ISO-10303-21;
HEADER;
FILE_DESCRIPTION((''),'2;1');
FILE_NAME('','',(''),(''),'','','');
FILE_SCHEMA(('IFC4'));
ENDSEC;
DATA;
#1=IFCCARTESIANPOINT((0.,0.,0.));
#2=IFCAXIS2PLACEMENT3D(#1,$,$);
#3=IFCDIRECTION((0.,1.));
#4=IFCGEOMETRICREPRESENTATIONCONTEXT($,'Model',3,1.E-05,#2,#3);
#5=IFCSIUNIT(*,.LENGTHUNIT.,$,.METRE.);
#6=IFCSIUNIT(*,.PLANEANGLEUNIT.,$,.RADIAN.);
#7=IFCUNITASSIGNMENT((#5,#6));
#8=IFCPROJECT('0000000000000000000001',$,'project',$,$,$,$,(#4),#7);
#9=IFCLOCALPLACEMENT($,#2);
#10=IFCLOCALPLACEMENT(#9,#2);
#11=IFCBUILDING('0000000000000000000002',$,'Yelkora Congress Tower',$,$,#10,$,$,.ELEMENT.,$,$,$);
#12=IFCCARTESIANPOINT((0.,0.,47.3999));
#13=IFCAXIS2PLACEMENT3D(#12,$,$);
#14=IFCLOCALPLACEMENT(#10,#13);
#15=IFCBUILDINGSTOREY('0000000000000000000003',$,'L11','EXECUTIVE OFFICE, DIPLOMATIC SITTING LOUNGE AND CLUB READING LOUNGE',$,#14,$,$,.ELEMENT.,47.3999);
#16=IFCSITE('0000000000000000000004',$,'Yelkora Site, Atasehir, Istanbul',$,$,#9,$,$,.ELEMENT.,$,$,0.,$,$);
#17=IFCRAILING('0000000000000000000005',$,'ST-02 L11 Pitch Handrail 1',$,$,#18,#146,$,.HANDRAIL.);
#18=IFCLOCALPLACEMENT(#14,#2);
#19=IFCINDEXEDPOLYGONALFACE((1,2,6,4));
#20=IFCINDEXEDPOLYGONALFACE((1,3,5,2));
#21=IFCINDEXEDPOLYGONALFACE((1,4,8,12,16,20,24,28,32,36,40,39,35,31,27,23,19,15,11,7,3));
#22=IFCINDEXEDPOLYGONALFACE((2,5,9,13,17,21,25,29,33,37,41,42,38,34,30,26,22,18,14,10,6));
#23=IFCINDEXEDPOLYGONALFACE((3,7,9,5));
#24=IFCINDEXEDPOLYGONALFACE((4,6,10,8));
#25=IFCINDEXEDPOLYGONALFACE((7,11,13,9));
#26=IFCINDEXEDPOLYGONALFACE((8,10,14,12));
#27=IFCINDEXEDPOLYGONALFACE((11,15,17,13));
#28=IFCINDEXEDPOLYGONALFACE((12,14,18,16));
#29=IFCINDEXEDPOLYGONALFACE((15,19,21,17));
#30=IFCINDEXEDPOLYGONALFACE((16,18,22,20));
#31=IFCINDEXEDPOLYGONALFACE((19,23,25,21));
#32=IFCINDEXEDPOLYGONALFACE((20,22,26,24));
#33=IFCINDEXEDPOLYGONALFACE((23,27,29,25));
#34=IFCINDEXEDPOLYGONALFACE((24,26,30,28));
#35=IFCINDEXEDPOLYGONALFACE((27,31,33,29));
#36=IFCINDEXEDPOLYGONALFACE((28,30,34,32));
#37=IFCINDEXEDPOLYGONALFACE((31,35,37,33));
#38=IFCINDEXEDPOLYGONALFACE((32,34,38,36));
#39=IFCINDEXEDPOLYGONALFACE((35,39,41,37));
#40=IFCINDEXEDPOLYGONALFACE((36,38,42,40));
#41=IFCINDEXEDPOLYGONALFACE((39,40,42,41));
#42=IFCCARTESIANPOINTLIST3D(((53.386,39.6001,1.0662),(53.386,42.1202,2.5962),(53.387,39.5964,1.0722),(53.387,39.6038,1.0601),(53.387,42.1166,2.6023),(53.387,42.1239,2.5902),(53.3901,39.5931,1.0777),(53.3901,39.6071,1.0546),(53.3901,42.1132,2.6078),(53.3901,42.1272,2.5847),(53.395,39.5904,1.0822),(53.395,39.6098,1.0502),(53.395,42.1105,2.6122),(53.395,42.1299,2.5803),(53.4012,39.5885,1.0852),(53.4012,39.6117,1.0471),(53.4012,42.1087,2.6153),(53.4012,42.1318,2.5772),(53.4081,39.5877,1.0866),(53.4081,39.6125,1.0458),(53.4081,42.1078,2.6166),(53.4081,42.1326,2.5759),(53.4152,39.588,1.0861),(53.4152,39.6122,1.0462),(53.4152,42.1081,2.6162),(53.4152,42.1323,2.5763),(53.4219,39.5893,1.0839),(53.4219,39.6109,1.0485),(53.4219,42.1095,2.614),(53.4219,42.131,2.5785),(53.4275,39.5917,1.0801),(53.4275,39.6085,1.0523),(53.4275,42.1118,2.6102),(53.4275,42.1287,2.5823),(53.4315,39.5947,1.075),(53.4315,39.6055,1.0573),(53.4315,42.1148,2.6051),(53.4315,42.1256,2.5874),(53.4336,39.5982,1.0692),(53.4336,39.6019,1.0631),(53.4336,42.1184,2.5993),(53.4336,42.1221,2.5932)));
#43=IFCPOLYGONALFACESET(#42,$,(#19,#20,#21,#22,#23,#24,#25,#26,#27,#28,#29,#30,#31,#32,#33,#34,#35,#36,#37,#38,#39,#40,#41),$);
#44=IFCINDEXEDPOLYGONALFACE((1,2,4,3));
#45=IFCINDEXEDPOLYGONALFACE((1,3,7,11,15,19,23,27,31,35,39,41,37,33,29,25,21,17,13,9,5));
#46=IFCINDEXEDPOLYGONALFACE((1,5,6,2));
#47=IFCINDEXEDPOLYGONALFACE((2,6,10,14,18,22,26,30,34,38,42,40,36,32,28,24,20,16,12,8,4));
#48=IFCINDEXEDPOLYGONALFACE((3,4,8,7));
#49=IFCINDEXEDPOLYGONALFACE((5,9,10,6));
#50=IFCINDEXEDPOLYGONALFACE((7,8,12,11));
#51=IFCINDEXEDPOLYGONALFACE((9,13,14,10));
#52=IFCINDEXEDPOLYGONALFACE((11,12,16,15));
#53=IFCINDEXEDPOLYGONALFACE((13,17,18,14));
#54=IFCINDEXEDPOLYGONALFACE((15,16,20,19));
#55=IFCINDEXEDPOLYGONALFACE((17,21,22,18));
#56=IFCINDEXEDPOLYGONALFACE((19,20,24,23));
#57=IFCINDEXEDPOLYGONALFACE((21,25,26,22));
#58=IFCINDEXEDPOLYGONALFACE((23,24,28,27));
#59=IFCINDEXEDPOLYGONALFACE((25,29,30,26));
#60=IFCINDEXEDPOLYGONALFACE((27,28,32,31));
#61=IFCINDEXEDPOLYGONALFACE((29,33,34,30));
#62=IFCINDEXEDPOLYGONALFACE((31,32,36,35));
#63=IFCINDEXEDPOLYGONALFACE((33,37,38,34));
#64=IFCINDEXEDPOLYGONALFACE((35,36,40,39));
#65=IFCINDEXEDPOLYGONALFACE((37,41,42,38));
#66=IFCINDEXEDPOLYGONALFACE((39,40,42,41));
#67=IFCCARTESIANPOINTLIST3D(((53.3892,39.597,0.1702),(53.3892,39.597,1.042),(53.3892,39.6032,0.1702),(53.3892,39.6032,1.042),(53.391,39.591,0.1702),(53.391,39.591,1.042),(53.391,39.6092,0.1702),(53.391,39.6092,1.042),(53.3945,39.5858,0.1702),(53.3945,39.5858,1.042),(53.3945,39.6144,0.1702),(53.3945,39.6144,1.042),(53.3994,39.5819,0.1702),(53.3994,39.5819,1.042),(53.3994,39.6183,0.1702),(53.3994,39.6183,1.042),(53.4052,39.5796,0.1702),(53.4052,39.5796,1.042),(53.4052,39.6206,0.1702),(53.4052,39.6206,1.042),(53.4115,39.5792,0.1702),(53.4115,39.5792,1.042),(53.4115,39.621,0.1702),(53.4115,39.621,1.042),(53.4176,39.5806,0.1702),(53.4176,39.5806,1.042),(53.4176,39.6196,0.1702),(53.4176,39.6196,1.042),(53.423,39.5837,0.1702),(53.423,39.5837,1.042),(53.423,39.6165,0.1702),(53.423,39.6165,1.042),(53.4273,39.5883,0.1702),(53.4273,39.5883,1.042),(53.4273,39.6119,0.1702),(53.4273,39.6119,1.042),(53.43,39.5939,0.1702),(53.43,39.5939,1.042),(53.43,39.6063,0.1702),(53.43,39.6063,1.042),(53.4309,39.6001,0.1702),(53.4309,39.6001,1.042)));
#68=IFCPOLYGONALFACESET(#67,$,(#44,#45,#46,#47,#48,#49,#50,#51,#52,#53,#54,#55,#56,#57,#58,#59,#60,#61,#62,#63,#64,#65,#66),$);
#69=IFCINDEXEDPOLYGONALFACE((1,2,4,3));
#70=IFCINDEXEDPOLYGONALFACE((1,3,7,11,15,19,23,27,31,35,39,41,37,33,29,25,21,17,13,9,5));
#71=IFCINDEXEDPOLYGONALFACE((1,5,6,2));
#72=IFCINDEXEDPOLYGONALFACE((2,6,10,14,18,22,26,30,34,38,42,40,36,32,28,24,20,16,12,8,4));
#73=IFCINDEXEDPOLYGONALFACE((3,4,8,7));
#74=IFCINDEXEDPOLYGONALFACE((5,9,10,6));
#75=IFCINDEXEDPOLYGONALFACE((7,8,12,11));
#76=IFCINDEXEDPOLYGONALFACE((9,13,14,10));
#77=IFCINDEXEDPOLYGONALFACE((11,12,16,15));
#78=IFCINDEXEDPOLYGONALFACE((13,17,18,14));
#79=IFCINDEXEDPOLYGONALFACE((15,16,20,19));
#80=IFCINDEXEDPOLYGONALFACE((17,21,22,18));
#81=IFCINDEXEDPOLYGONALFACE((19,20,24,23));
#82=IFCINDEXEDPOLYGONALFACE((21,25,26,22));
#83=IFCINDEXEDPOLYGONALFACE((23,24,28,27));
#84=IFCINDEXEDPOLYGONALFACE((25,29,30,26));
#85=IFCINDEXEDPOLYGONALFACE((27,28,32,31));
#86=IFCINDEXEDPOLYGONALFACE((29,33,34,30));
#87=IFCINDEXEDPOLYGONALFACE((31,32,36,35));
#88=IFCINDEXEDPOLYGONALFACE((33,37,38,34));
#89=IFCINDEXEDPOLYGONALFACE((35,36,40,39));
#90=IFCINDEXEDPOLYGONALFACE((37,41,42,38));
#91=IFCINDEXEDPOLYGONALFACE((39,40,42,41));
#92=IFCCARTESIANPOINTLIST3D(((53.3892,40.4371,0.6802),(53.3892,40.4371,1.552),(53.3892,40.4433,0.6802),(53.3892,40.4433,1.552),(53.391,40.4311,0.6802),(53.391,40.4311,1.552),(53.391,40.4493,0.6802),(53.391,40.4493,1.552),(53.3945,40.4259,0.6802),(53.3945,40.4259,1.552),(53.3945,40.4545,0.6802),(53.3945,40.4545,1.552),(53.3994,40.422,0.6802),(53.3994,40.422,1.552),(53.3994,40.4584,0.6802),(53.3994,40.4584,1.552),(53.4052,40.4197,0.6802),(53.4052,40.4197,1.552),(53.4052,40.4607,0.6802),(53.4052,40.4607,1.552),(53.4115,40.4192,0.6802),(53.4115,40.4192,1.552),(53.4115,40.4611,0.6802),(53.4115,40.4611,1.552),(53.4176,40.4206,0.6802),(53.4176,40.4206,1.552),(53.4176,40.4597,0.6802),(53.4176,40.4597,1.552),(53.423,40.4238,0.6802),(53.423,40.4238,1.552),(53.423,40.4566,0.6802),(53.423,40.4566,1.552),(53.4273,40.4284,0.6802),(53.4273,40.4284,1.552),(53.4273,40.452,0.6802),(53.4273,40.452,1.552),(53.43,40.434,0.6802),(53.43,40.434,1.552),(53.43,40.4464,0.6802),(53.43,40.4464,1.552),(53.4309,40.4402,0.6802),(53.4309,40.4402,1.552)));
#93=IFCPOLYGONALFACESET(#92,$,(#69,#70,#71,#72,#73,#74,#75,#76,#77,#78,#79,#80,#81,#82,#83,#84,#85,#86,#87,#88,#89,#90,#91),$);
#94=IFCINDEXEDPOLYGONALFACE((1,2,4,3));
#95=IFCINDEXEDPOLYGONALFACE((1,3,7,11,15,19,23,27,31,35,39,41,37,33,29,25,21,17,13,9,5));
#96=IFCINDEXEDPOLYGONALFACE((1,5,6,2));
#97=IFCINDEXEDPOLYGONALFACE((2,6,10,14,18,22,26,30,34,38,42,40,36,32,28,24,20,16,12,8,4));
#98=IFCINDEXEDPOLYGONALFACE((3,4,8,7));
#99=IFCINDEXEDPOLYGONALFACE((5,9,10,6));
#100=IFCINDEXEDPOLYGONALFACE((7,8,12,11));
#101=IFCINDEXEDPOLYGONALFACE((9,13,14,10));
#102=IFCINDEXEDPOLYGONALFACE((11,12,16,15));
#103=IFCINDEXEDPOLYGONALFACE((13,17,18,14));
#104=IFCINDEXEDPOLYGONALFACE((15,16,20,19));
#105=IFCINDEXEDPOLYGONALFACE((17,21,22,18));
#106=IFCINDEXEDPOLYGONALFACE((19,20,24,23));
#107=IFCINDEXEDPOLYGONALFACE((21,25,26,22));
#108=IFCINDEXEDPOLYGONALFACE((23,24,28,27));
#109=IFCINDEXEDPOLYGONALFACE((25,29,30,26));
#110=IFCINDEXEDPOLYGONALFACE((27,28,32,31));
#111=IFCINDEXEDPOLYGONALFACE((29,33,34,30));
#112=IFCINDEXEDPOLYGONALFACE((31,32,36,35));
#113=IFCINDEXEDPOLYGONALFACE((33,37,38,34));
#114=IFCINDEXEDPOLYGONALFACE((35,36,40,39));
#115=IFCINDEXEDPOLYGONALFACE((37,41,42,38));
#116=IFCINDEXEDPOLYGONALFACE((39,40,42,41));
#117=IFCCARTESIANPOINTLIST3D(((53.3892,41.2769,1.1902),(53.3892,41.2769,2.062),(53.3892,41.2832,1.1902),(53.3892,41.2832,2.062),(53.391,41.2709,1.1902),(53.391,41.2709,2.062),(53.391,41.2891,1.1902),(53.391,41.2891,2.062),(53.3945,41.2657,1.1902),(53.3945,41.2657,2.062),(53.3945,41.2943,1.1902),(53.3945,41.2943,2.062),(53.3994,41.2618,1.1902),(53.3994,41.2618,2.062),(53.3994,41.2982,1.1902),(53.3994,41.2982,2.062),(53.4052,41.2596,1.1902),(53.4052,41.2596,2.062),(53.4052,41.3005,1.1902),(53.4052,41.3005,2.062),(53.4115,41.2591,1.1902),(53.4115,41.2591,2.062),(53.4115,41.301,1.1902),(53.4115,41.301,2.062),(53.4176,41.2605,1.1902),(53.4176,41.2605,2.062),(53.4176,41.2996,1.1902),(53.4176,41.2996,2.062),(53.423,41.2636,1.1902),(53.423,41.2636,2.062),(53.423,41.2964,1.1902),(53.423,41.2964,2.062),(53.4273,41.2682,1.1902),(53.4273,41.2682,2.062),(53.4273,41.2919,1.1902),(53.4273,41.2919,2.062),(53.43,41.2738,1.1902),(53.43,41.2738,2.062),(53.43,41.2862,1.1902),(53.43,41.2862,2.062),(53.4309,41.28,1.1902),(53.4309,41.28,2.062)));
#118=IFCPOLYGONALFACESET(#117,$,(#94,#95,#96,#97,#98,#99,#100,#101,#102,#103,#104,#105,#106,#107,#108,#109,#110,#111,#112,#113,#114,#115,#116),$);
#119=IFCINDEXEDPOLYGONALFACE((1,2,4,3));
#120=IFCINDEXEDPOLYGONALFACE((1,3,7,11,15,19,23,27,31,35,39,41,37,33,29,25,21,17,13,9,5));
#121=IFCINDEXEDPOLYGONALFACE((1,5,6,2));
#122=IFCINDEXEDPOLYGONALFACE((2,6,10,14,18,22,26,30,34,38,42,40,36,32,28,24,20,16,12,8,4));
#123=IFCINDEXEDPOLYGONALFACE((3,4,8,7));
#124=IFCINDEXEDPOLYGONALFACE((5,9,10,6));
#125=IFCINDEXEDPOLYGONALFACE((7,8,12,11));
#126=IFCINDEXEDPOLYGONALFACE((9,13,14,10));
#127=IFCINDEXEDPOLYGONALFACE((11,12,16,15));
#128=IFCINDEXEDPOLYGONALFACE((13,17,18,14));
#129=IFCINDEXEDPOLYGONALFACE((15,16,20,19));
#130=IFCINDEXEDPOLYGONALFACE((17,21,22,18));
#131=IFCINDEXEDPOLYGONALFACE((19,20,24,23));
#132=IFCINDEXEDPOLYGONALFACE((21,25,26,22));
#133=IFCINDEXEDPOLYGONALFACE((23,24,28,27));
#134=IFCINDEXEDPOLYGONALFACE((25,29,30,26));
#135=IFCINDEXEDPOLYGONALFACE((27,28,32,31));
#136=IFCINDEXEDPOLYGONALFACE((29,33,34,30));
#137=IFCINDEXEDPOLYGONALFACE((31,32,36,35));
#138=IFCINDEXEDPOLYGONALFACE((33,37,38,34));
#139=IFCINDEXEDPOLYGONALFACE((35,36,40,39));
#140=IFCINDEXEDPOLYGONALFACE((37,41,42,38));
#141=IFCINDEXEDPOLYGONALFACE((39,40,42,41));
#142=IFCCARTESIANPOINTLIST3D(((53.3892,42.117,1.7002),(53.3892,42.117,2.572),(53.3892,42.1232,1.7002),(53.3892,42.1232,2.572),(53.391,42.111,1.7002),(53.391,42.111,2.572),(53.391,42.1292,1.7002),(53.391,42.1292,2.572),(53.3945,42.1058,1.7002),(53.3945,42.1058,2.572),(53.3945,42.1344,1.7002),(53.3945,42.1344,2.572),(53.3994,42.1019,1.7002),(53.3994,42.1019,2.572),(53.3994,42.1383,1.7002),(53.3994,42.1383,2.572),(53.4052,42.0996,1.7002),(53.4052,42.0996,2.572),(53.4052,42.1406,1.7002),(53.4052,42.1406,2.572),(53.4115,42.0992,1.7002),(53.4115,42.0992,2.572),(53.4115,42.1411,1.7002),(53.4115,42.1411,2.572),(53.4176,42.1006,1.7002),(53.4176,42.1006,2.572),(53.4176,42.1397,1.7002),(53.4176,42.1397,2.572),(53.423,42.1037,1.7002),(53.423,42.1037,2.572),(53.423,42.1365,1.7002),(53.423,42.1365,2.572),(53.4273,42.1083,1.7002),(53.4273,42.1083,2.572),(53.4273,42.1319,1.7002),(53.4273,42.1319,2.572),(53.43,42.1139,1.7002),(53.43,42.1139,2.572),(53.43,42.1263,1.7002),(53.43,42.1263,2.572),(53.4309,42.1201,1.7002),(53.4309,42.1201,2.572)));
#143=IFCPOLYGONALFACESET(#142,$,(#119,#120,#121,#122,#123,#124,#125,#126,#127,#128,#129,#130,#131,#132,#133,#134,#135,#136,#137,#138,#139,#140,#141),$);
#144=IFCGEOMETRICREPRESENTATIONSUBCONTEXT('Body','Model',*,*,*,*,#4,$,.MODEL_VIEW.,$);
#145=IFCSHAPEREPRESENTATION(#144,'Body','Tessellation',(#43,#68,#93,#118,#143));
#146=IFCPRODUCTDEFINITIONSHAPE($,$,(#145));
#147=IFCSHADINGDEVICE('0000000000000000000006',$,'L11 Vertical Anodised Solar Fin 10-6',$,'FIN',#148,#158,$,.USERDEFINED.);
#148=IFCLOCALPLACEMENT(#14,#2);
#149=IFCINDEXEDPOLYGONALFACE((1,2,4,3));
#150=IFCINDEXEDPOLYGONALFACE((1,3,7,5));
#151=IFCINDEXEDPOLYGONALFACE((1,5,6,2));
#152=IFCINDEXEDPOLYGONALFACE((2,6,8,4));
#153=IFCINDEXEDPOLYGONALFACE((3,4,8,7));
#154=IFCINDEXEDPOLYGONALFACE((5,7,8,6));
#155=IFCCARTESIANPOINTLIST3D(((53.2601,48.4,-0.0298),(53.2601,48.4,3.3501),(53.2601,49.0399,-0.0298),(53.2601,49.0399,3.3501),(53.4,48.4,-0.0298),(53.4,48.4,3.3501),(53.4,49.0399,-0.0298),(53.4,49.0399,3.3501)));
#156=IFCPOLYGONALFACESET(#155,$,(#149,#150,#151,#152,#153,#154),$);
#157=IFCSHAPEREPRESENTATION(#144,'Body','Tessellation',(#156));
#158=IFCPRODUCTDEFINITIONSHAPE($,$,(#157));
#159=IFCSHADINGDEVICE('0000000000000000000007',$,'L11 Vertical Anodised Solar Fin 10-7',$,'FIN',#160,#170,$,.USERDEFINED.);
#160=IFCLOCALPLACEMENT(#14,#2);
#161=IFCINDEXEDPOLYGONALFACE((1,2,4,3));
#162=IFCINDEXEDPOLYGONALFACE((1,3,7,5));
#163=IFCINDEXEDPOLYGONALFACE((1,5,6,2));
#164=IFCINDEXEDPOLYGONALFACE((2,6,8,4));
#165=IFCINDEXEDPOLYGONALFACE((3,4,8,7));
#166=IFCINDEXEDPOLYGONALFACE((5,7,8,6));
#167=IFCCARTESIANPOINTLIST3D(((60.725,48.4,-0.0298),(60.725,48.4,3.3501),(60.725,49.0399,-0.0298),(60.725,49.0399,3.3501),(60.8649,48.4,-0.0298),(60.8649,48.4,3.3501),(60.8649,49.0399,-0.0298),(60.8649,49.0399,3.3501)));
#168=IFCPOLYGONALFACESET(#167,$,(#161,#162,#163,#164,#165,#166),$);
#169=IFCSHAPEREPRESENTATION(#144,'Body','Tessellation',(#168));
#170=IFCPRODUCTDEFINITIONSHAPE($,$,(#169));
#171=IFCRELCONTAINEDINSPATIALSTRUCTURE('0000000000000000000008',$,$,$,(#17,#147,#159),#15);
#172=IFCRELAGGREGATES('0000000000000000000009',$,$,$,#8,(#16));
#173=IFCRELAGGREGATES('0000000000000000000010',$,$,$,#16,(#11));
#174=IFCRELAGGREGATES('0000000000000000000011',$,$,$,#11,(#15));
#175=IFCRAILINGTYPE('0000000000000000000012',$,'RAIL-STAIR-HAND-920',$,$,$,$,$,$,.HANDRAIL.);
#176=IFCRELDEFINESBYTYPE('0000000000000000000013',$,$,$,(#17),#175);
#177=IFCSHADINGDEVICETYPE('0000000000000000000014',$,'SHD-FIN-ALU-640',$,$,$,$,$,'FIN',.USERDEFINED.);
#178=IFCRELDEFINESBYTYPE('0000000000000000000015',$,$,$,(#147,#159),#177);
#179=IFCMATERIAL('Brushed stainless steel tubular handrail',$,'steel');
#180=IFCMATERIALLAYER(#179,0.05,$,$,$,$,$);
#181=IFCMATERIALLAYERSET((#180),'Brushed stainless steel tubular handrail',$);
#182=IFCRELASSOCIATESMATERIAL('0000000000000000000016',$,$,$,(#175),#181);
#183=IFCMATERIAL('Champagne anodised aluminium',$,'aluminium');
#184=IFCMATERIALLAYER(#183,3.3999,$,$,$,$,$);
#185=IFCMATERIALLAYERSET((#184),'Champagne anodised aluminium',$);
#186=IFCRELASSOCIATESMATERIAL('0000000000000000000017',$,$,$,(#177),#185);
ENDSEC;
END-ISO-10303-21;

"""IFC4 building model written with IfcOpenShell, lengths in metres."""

from ifc_helpers import new_model, si_unit, direction, frame, origin, origin_2d, place, context, subcontext, project, spatial, rectangle, circle, extrude, material, layer, layer_set, type_object, element, save


model = new_model("IFC4")

# Units and contexts
model_context = context("Model", 3, precision=1e-05, world=origin(), true_north=direction((0.0, 1.0)))
body_context = subcontext(model_context, "Body", "Model", "MODEL_VIEW")
ifc_project = project(units=[si_unit("LENGTHUNIT", "METRE"), si_unit("PLANEANGLEUNIT", "RADIAN")], contexts=[model_context])

# Site, building, storey
site_placement = place(None, origin())
site = spatial("IfcSite", under=ifc_project, at=site_placement, Name="Yelkora Site, Atasehir, Istanbul", CompositionType="ELEMENT", RefElevation=0.0)
building_placement = place(site_placement, origin())
building = spatial("IfcBuilding", under=site, at=building_placement, Name="Yelkora Congress Tower", CompositionType="ELEMENT")
storey_placement = place(building_placement, frame((0.0, 0.0, 47.3999)))
storey = spatial("IfcBuildingStorey", under=building, at=storey_placement, Name="L11", Description="EXECUTIVE OFFICE, DIPLOMATIC SITTING LOUNGE AND CLUB READING LOUNGE", CompositionType="ELEMENT", Elevation=47.3999)

# Railing
ifc_material_1 = material(Name="Brushed stainless steel tubular handrail", Category="steel")
ifc_layer_1 = layer(ifc_material_1, 0.05)
ifc_layer_set_1 = layer_set([ifc_layer_1], Name="Brushed stainless steel tubular handrail")
railing_type_1 = type_object("IfcRailingType", Name="RAIL-STAIR-HAND-920", PredefinedType="HANDRAIL", material=ifc_layer_set_1)
railing_1_placement = place(storey_placement, frame((53.4099, 39.6001, 0.1702)))
element("IfcRailing", 1, at=railing_1_placement, inside=storey, type_object=railing_type_1, Name="ST-02 L11 Pitch Handrail 1", PredefinedType="HANDRAIL", context=body_context, shape_type="SweptSolid", body=[
    extrude(circle(Radius=0.0239, at=origin_2d()), frame((0.0, 0.0, 0.896), z_axis=(0.0, 0.854785, 0.518982), x_axis=(-1.0, 0.0, 0.0)), (0.0, 0.0, 1.0), 2.9482),
    extrude(circle(Radius=0.021, at=origin_2d()), origin(), (0.0, 0.0, 1.0), 0.8718),
    extrude(circle(Radius=0.021, at=origin_2d()), frame((0.0, 0.8401, 0.51)), (0.0, 0.0, 1.0), 0.8718),
    extrude(circle(Radius=0.021, at=origin_2d()), frame((0.0, 1.6799, 1.02)), (0.0, 0.0, 1.0), 0.8718),
    extrude(circle(Radius=0.021, at=origin_2d()), frame((0.0, 2.52, 1.53)), (0.0, 0.0, 1.0), 0.8718),
])

# Shading devices
ifc_material_2 = material(Name="Champagne anodised aluminium", Category="aluminium")
ifc_layer_2 = layer(ifc_material_2, 3.3999)
ifc_layer_set_2 = layer_set([ifc_layer_2], Name="Champagne anodised aluminium")
shading_device_type = type_object("IfcShadingDeviceType", Name="SHD-FIN-ALU-640", ElementType="FIN", PredefinedType="USERDEFINED", material=ifc_layer_set_2)
for number, where, z_axis, x_axis, name in (
    (2, (53.3301, 48.72, -0.0298), (0.0, 0.0, 1.0), (1.0, 0.0, 0.0), "L11 Vertical Anodised Solar Fin 10-6"),
    (3, (60.7949, 48.72, -0.0298), (0.0, 0.0, 1.0), (1.0, 0.0, 0.0), "L11 Vertical Anodised Solar Fin 10-7"),
):
    element("IfcShadingDevice", number, at=place(storey_placement, frame(where, z_axis=z_axis, x_axis=x_axis)), inside=storey, type_object=shading_device_type, Name=name, ObjectType="FIN", PredefinedType="USERDEFINED", context=body_context, shape_type="SweptSolid", body=[
        extrude(rectangle(XDim=0.1399, YDim=0.6399, at=origin_2d()), origin(), (0.0, 0.0, 1.0), 3.3799),
    ])

save(model, "model.ifc")
